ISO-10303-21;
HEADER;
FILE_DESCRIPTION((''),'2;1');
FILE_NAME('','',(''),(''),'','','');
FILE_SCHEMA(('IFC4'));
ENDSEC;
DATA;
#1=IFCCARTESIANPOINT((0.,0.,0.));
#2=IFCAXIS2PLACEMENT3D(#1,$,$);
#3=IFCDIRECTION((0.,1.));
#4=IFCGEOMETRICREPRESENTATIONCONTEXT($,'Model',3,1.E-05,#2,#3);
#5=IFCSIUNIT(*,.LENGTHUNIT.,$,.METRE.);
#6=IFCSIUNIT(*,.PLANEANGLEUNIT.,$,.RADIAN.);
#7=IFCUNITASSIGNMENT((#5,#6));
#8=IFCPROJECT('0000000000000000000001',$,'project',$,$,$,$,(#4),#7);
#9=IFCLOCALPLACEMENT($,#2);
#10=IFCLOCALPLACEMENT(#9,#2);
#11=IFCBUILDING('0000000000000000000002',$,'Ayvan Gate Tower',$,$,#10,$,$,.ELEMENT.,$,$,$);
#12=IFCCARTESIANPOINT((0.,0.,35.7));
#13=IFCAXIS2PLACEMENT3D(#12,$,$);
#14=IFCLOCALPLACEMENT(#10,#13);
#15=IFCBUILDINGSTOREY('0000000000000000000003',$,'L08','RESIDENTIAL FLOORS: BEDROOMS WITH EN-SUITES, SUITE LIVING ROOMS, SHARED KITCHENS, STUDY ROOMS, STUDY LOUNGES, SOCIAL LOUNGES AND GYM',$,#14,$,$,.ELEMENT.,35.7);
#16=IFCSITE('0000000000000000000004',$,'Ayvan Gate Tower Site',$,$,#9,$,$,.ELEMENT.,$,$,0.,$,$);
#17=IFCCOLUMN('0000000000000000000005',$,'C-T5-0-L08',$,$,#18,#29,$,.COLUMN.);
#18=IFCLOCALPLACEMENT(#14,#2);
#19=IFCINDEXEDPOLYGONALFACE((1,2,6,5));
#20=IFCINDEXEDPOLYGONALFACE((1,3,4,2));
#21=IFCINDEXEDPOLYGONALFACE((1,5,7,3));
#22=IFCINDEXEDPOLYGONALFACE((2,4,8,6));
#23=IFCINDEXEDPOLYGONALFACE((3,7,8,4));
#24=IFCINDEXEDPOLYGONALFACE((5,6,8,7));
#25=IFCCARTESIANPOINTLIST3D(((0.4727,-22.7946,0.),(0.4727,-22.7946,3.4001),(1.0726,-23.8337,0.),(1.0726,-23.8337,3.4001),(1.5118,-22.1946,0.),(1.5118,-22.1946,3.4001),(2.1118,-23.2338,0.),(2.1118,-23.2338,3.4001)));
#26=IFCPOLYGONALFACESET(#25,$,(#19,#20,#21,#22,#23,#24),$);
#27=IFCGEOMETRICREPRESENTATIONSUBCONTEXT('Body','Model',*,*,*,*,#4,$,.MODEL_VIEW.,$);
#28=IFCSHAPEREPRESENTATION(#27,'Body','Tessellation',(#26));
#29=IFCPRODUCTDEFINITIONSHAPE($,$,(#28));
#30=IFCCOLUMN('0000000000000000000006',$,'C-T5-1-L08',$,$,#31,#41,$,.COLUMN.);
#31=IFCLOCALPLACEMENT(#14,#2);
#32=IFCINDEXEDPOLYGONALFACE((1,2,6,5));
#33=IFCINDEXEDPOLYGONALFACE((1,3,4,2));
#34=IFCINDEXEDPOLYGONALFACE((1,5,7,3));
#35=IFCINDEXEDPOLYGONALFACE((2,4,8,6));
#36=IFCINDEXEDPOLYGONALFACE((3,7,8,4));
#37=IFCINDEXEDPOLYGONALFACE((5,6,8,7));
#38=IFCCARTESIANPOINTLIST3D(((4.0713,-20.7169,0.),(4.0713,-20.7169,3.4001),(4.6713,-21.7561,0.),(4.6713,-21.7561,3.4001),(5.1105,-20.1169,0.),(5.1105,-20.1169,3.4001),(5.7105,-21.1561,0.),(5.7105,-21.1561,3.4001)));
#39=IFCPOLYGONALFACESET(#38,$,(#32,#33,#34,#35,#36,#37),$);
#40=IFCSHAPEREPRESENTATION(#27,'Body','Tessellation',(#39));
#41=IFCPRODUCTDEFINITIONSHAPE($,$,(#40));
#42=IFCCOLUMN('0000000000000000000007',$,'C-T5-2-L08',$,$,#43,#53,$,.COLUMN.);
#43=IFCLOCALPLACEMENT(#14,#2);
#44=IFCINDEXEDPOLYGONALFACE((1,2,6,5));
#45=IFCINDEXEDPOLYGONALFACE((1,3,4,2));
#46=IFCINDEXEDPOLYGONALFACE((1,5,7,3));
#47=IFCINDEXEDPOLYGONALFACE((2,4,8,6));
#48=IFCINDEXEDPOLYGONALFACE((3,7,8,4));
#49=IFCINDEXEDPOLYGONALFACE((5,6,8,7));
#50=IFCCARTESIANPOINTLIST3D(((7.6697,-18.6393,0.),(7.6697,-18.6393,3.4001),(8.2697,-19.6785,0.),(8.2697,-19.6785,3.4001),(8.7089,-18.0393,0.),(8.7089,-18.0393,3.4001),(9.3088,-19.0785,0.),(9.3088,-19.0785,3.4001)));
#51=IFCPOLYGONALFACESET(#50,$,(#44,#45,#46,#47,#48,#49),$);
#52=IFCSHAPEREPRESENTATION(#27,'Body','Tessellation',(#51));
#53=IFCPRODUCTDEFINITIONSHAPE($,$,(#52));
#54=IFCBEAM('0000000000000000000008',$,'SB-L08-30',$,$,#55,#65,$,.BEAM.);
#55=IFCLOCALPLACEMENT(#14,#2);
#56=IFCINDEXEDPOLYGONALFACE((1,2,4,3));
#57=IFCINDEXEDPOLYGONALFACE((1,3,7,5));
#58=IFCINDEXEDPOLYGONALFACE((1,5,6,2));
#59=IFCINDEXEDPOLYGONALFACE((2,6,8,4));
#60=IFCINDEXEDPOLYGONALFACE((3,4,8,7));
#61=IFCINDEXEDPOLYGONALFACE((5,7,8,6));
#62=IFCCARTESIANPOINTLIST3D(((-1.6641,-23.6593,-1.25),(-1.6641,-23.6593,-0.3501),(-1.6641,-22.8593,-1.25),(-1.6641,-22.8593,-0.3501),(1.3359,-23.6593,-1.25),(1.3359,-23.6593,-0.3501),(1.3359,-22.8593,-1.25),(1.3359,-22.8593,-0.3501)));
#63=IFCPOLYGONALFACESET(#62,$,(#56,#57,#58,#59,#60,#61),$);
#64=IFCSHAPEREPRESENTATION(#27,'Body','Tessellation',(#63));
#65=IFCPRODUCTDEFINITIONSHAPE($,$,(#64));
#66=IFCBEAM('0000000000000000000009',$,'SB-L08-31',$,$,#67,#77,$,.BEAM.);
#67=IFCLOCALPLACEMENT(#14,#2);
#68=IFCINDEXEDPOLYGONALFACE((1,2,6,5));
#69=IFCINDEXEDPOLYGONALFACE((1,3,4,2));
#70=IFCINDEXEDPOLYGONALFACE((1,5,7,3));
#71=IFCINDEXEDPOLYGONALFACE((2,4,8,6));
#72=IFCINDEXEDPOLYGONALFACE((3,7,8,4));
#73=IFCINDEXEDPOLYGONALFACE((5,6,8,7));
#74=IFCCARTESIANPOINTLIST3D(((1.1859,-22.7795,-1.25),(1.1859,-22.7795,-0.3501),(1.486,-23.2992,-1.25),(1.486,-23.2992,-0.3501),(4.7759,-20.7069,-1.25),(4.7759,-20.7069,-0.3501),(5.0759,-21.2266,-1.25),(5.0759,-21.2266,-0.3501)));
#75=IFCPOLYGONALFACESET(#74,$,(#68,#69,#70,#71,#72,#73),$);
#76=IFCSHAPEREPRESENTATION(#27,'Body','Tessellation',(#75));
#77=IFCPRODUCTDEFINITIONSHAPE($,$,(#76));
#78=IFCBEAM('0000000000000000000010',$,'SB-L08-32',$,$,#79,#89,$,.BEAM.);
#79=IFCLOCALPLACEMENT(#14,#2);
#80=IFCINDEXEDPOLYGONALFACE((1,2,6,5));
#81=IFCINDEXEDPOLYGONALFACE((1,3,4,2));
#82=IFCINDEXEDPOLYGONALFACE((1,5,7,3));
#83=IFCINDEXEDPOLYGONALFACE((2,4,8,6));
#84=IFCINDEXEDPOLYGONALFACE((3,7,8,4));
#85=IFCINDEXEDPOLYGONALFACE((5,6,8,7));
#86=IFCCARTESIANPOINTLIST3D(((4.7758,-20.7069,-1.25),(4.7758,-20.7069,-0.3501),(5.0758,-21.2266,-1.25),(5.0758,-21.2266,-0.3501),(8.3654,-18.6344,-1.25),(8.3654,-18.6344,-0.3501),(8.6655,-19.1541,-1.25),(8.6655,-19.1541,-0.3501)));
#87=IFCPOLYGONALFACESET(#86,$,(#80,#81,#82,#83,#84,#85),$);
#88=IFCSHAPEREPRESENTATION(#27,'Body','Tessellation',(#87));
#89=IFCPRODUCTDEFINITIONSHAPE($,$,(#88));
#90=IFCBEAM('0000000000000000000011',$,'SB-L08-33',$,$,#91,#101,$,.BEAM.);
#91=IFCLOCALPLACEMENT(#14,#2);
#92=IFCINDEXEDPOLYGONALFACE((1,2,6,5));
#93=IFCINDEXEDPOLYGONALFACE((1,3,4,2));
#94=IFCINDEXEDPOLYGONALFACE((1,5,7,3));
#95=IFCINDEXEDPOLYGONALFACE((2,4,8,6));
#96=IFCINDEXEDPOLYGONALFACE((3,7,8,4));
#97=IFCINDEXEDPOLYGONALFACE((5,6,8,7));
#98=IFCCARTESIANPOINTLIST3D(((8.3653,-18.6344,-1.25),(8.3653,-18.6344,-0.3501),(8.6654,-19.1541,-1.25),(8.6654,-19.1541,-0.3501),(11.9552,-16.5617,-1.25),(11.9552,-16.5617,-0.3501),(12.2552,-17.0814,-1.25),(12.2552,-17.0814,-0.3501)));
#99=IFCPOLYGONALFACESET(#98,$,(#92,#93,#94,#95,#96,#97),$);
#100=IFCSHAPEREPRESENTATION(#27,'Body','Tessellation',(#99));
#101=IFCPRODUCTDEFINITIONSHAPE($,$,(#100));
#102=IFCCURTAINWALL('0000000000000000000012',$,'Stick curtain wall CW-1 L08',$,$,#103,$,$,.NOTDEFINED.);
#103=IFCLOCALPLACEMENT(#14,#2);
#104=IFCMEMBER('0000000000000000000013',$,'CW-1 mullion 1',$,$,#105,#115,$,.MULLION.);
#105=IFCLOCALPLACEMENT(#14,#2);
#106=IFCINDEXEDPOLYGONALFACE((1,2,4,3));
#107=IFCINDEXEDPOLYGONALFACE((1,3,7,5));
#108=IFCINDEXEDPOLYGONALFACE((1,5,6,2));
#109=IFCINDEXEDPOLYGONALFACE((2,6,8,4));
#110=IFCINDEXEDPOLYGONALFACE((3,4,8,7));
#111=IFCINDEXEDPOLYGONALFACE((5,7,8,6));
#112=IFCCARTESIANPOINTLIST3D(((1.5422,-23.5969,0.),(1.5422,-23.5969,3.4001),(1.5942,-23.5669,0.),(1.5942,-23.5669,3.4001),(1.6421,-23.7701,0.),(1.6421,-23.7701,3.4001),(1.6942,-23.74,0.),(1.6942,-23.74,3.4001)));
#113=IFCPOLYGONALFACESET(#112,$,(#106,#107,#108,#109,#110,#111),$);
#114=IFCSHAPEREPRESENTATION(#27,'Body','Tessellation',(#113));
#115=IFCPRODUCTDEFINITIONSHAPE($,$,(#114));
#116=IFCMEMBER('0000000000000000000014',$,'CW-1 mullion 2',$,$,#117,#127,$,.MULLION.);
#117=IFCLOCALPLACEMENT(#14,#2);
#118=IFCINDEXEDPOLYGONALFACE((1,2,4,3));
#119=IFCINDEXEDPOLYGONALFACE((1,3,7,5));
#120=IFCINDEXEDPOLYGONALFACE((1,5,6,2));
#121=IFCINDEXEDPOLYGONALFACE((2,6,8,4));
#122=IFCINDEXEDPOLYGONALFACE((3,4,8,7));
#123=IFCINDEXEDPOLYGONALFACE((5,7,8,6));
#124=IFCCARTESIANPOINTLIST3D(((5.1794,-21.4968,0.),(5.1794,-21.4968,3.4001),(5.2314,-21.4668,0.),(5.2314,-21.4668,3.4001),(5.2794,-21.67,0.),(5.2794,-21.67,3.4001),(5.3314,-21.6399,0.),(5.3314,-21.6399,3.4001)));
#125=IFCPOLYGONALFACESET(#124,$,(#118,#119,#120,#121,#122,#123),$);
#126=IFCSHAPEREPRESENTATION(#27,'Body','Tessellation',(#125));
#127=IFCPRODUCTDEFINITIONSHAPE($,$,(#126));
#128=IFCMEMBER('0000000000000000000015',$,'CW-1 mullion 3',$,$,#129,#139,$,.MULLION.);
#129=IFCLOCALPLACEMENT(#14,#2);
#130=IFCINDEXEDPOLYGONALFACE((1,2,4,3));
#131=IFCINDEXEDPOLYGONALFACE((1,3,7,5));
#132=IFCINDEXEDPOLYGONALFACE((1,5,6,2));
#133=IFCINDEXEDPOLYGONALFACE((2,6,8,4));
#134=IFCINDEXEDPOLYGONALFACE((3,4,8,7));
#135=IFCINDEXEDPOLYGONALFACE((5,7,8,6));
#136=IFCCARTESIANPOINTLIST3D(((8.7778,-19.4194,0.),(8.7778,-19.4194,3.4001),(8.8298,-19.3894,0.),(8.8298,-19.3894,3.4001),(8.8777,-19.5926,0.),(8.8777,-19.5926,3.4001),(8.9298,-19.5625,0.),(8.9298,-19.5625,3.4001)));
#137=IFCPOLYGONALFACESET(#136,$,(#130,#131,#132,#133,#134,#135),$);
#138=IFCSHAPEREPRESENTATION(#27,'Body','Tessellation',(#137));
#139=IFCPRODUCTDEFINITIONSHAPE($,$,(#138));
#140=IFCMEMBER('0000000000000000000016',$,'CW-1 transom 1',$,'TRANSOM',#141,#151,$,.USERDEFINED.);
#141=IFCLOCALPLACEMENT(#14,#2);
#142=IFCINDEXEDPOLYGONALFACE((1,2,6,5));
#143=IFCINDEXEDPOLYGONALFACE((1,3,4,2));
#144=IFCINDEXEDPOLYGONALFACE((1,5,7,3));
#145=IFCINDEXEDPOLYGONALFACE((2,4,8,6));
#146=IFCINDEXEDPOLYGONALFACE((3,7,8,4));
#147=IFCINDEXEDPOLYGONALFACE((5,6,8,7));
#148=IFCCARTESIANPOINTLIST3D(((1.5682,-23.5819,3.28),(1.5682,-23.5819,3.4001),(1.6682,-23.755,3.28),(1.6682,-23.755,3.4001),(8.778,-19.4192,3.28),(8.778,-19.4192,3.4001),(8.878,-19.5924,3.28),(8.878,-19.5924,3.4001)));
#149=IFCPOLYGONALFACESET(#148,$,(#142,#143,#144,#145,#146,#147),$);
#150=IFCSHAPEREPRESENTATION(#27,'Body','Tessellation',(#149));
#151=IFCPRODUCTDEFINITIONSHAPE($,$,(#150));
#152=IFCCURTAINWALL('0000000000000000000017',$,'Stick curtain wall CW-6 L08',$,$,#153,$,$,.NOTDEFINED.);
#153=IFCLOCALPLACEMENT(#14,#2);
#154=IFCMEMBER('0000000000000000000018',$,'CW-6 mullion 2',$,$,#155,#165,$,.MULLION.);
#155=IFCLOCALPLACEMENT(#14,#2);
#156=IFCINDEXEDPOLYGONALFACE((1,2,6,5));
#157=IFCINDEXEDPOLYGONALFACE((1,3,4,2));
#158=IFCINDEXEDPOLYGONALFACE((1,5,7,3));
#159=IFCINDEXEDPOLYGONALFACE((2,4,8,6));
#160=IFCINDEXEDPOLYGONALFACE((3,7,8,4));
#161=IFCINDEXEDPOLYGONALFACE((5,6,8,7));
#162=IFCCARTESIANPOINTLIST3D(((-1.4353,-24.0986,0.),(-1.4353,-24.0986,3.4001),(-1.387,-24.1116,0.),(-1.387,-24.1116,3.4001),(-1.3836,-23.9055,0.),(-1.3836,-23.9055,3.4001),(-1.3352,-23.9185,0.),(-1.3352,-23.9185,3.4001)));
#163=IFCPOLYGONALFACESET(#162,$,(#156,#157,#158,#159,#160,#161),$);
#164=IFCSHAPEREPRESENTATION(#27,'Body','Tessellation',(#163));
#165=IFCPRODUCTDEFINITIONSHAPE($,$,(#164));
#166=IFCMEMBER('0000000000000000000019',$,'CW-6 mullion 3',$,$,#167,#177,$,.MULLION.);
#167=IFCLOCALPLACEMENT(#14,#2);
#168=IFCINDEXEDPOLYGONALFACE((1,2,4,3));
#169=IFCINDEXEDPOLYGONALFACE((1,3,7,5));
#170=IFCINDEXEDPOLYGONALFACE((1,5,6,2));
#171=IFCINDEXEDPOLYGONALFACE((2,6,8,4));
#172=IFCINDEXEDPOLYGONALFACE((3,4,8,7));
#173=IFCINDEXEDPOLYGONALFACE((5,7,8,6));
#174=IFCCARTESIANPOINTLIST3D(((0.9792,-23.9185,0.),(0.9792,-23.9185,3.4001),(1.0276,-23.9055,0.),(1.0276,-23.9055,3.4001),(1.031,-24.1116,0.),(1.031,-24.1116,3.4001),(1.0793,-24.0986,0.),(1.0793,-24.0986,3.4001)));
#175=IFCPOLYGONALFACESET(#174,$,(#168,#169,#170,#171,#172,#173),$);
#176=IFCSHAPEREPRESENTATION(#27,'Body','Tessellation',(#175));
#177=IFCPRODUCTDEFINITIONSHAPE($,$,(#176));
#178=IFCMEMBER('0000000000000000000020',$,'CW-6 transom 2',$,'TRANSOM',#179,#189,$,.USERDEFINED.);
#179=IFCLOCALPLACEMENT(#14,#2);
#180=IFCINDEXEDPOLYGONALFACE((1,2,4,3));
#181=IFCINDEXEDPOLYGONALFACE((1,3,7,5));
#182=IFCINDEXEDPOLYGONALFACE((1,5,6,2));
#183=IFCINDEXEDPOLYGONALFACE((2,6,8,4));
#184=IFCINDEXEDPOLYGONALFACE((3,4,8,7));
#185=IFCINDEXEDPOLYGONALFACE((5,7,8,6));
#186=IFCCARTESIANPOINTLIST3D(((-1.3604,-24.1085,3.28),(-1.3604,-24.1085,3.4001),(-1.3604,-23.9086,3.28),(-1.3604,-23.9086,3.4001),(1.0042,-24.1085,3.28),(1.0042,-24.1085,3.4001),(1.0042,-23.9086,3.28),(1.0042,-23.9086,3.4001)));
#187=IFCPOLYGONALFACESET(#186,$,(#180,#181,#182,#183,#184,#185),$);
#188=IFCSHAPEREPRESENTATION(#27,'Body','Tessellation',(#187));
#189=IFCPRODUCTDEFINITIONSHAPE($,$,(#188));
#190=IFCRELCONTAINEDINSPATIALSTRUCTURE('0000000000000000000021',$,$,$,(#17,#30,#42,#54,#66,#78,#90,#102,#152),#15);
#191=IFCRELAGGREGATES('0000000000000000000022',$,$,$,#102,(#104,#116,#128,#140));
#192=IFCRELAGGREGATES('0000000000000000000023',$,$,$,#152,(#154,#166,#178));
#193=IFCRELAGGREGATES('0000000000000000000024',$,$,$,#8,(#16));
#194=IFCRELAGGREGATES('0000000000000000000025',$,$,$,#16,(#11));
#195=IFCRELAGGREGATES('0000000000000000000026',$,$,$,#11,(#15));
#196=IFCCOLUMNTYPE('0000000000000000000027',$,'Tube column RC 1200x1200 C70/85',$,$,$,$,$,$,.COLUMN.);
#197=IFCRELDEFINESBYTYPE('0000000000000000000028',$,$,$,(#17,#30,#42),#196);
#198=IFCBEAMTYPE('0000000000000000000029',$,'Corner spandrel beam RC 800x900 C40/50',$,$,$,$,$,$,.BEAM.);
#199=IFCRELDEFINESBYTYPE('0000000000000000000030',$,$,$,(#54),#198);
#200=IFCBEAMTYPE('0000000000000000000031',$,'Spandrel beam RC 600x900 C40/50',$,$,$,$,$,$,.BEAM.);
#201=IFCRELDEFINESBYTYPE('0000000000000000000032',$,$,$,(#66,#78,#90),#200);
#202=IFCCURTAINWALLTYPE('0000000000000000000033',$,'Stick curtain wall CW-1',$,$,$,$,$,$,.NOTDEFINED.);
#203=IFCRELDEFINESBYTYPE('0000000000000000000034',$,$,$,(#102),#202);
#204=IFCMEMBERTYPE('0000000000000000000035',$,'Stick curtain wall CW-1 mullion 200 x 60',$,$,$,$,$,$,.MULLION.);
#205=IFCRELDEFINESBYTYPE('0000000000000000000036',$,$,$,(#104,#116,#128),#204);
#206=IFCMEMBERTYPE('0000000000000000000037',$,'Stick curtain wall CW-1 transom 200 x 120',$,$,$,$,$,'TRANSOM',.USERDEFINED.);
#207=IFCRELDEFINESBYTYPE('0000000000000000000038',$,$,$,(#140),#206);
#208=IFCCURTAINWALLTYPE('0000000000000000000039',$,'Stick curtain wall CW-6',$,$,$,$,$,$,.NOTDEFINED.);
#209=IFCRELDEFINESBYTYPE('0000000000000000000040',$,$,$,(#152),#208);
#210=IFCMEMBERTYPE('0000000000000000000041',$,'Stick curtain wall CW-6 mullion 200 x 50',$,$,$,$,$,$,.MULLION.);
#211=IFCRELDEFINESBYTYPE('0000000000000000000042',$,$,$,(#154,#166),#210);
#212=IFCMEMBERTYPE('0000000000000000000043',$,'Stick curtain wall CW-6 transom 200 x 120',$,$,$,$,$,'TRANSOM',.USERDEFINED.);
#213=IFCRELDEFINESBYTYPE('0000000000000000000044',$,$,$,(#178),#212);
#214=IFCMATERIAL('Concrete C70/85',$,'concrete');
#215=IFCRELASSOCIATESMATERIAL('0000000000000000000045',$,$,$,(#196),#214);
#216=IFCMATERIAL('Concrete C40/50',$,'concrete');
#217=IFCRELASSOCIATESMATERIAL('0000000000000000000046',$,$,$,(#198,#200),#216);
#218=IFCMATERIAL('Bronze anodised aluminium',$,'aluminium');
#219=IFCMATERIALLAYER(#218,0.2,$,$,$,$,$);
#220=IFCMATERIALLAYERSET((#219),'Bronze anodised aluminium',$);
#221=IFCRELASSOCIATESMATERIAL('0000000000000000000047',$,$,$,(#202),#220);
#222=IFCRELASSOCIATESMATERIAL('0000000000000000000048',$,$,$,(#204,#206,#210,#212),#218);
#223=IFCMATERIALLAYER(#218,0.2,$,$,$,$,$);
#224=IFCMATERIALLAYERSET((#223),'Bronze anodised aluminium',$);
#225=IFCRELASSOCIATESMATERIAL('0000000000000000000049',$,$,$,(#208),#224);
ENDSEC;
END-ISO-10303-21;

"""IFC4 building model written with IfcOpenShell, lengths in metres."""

from ifc_helpers import new_model, si_unit, direction, frame, origin, origin_2d, place, context, subcontext, project, spatial, rectangle, extrude, material, layer, layer_set, material_profile, profile_set, type_object, element, aggregate, save


model = new_model("IFC4")

# Units and contexts
model_context = context("Model", 3, precision=1e-05, world=origin(), true_north=direction((0.0, 1.0)))
body_context = subcontext(model_context, "Body", "Model", "MODEL_VIEW")
ifc_project = project(units=[si_unit("LENGTHUNIT", "METRE"), si_unit("PLANEANGLEUNIT", "RADIAN")], contexts=[model_context])

# Site, building, storey
site_placement = place(None, origin())
site = spatial("IfcSite", under=ifc_project, at=site_placement, Name="Ayvan Gate Tower Site", CompositionType="ELEMENT", RefElevation=0.0)
building_placement = place(site_placement, origin())
building = spatial("IfcBuilding", under=site, at=building_placement, Name="Ayvan Gate Tower", CompositionType="ELEMENT")
storey_placement = place(building_placement, frame((0.0, 0.0, 35.7)))
storey = spatial("IfcBuildingStorey", under=building, at=storey_placement, Name="L08", Description="RESIDENTIAL FLOORS: BEDROOMS WITH EN-SUITES, SUITE LIVING ROOMS, SHARED KITCHENS, STUDY ROOMS, STUDY LOUNGES, SOCIAL LOUNGES AND GYM", CompositionType="ELEMENT", Elevation=35.7)

# Columns
ifc_material_1 = material(Name="Concrete C70/85", Category="concrete")
ifc_material_profile_1 = material_profile(ifc_material_1, rectangle(XDim=1.2, YDim=1.2, at=origin_2d()), Name="RC 1200x1200")
ifc_profile_set_1 = profile_set([ifc_material_profile_1], Name="Concrete C70/85")
column_type = type_object("IfcColumnType", Name="Tube column RC 1200x1200 C70/85", PredefinedType="COLUMN", material=ifc_profile_set_1)
for number, where, z_axis, x_axis, name in (
    (1, (1.2922, -23.0142, 0.0), (0.0, 0.0, 1.0), (0.5, -0.866025, 0.0), "C-T5-0-L08"),
    (2, (4.8909, -20.9365, 0.0), (0.0, 0.0, 1.0), (0.5, -0.866025, 0.0), "C-T5-1-L08"),
    (3, (8.4893, -18.8589, 0.0), (0.0, 0.0, 1.0), (0.5, -0.866025, 0.0), "C-T5-2-L08"),
):
    element("IfcColumn", number, at=place(storey_placement, frame(where, z_axis=z_axis, x_axis=x_axis)), inside=storey, type_object=column_type, Name=name, PredefinedType="COLUMN", context=body_context, shape_type="SweptSolid", body=[
        extrude(rectangle(XDim=1.2, YDim=1.2, at=origin_2d()), origin(), (0.0, 0.0, 1.0), 3.4001),
    ])

# Beams
ifc_material_2 = material(Name="Concrete C40/50", Category="concrete")
ifc_material_profile_2 = material_profile(ifc_material_2, rectangle(XDim=0.8, YDim=0.8999, at=origin_2d()), Name="RC 800x900")
ifc_profile_set_2 = profile_set([ifc_material_profile_2], Name="Concrete C40/50")
beam_type_1 = type_object("IfcBeamType", Name="Corner spandrel beam RC 800x900 C40/50", PredefinedType="BEAM", material=ifc_profile_set_2)
beam_1_placement = place(storey_placement, frame((-1.6641, -23.2593, -0.8), z_axis=(1.0, 0.0, 0.0), x_axis=(0.0, 1.0, 0.0)))
element("IfcBeam", 4, at=beam_1_placement, inside=storey, type_object=beam_type_1, Name="SB-L08-30", PredefinedType="BEAM", context=body_context, shape_type="SweptSolid", body=[
    extrude(rectangle(XDim=0.8, YDim=0.8999, at=origin_2d()), origin(), (0.0, 0.0, 1.0), 3.0),
])
ifc_material_profile_3 = material_profile(ifc_material_2, rectangle(XDim=0.6001, YDim=0.8999, at=origin_2d()), Name="RC 600x900")
ifc_profile_set_3 = profile_set([ifc_material_profile_3], Name="Concrete C40/50")
beam_type_2 = type_object("IfcBeamType", Name="Spandrel beam RC 600x900 C40/50", PredefinedType="BEAM", material=ifc_profile_set_3)
beam_2_placement = place(storey_placement, frame((1.3359, -23.0393, -0.8), z_axis=(0.866035, 0.499984, 0.0), x_axis=(-0.499984, 0.866035, 0.0)))
element("IfcBeam", 5, at=beam_2_placement, inside=storey, type_object=beam_type_2, Name="SB-L08-31", PredefinedType="BEAM", context=body_context, shape_type="SweptSolid", body=[
    extrude(rectangle(XDim=0.6001, YDim=0.8999, at=origin_2d()), origin(), (0.0, 0.0, 1.0), 4.1453),
])
beam_3_placement = place(storey_placement, frame((4.9258, -20.9668, -0.8), z_axis=(0.86602, 0.50001, 0.0), x_axis=(-0.50001, 0.86602, 0.0)))
element("IfcBeam", 6, at=beam_3_placement, inside=storey, type_object=beam_type_2, Name="SB-L08-32", PredefinedType="BEAM", context=body_context, shape_type="SweptSolid", body=[
    extrude(rectangle(XDim=0.6001, YDim=0.8999, at=origin_2d()), origin(), (0.0, 0.0, 1.0), 4.145),
])
beam_4_placement = place(storey_placement, frame((8.5154, -18.8943, -0.8), z_axis=(0.866009, 0.500028, 0.0), x_axis=(-0.500028, 0.866009, 0.0)))
element("IfcBeam", 7, at=beam_4_placement, inside=storey, type_object=beam_type_2, Name="SB-L08-33", PredefinedType="BEAM", context=body_context, shape_type="SweptSolid", body=[
    extrude(rectangle(XDim=0.6001, YDim=0.8999, at=origin_2d()), origin(), (0.0, 0.0, 1.0), 4.1453),
])

# Curtain walls, members
ifc_material_3 = material(Name="Bronze anodised aluminium", Category="aluminium")
ifc_layer_1 = layer(ifc_material_3, 0.2)
ifc_layer_set_1 = layer_set([ifc_layer_1], Name="Bronze anodised aluminium")
curtain_wall_type_1 = type_object("IfcCurtainWallType", Name="Stick curtain wall CW-1", PredefinedType="NOTDEFINED", material=ifc_layer_set_1)
curtain_wall_1_placement = place(storey_placement, origin())
curtain_wall_1 = element("IfcCurtainWall", 8, at=curtain_wall_1_placement, inside=storey, type_object=curtain_wall_type_1, Name="Stick curtain wall CW-1 L08", PredefinedType="NOTDEFINED")
ifc_material_profile_4 = material_profile(ifc_material_3, rectangle(XDim=0.2, YDim=0.0601, at=origin_2d()), Name="Stick curtain wall CW-1 mullion 200 x 60")
ifc_profile_set_4 = profile_set([ifc_material_profile_4], Name="Bronze anodised aluminium")
member_type_1 = type_object("IfcMemberType", Name="Stick curtain wall CW-1 mullion 200 x 60", PredefinedType="MULLION", material=ifc_profile_set_4)
member_1_placement = place(storey_placement, frame((1.6182, -23.6685, 0.0), z_axis=(0.0, 0.0, 1.0), x_axis=(0.5, -0.866025, 0.0)))
member_1 = element("IfcMember", 9, at=member_1_placement, type_object=member_type_1, Name="CW-1 mullion 1", PredefinedType="MULLION", context=body_context, shape_type="SweptSolid", body=[
    extrude(rectangle(XDim=0.2, YDim=0.0601, at=origin_2d()), origin(), (0.0, 0.0, 1.0), 3.4001),
])
member_2_placement = place(storey_placement, frame((5.2554, -21.5684, 0.0), z_axis=(0.0, 0.0, 1.0), x_axis=(0.5, -0.866025, 0.0)))
member_2 = element("IfcMember", 10, at=member_2_placement, type_object=member_type_1, Name="CW-1 mullion 2", PredefinedType="MULLION", context=body_context, shape_type="SweptSolid", body=[
    extrude(rectangle(XDim=0.2, YDim=0.0601, at=origin_2d()), origin(), (0.0, 0.0, 1.0), 3.4001),
])
member_3_placement = place(storey_placement, frame((8.8538, -19.491, 0.0), z_axis=(0.0, 0.0, 1.0), x_axis=(0.5, -0.866025, 0.0)))
member_3 = element("IfcMember", 11, at=member_3_placement, type_object=member_type_1, Name="CW-1 mullion 3", PredefinedType="MULLION", context=body_context, shape_type="SweptSolid", body=[
    extrude(rectangle(XDim=0.2, YDim=0.0601, at=origin_2d()), origin(), (0.0, 0.0, 1.0), 3.4001),
])
ifc_material_profile_5 = material_profile(ifc_material_3, rectangle(XDim=0.2, YDim=0.1201, at=origin_2d()), Name="Stick curtain wall CW-1 transom 200 x 120")
ifc_profile_set_5 = profile_set([ifc_material_profile_5], Name="Bronze anodised aluminium")
member_type_2 = type_object("IfcMemberType", Name="Stick curtain wall CW-1 transom 200 x 120", ElementType="TRANSOM", PredefinedType="USERDEFINED", material=ifc_profile_set_5)
member_4_placement = place(storey_placement, frame((1.6182, -23.6685, 3.3401), z_axis=(0.866022, 0.500006, 0.0), x_axis=(-0.500006, 0.866022, 0.0)))
member_4 = element("IfcMember", 12, at=member_4_placement, type_object=member_type_2, Name="CW-1 transom 1", ObjectType="TRANSOM", PredefinedType="USERDEFINED", context=body_context, shape_type="SweptSolid", body=[
    extrude(rectangle(XDim=0.2, YDim=0.1201, at=origin_2d()), origin(), (0.0, 0.0, 1.0), 8.3252),
])
ifc_layer_2 = layer(ifc_material_3, 0.2)
ifc_layer_set_2 = layer_set([ifc_layer_2], Name="Bronze anodised aluminium")
curtain_wall_type_2 = type_object("IfcCurtainWallType", Name="Stick curtain wall CW-6", PredefinedType="NOTDEFINED", material=ifc_layer_set_2)
curtain_wall_2_placement = place(storey_placement, origin())
curtain_wall_2 = element("IfcCurtainWall", 13, at=curtain_wall_2_placement, inside=storey, type_object=curtain_wall_type_2, Name="Stick curtain wall CW-6 L08", PredefinedType="NOTDEFINED")
ifc_material_profile_6 = material_profile(ifc_material_3, rectangle(XDim=0.2, YDim=0.05, at=origin_2d()), Name="Stick curtain wall CW-6 mullion 200 x 50")
ifc_profile_set_6 = profile_set([ifc_material_profile_6], Name="Bronze anodised aluminium")
member_type_3 = type_object("IfcMemberType", Name="Stick curtain wall CW-6 mullion 200 x 50", PredefinedType="MULLION", material=ifc_profile_set_6)
member_5_placement = place(storey_placement, frame((-1.3853, -24.0085, 0.0), z_axis=(0.0, 0.0, 1.0), x_axis=(-0.258819, -0.965926, 0.0)))
member_5 = element("IfcMember", 14, at=member_5_placement, type_object=member_type_3, Name="CW-6 mullion 2", PredefinedType="MULLION", context=body_context, shape_type="SweptSolid", body=[
    extrude(rectangle(XDim=0.2, YDim=0.05, at=origin_2d()), origin(), (0.0, 0.0, 1.0), 3.4001),
])
member_6_placement = place(storey_placement, frame((1.0293, -24.0085, 0.0), z_axis=(0.0, 0.0, 1.0), x_axis=(0.258819, -0.965926, 0.0)))
member_6 = element("IfcMember", 15, at=member_6_placement, type_object=member_type_3, Name="CW-6 mullion 3", PredefinedType="MULLION", context=body_context, shape_type="SweptSolid", body=[
    extrude(rectangle(XDim=0.2, YDim=0.05, at=origin_2d()), origin(), (0.0, 0.0, 1.0), 3.4001),
])
ifc_material_profile_7 = material_profile(ifc_material_3, rectangle(XDim=0.2, YDim=0.1201, at=origin_2d()), Name="Stick curtain wall CW-6 transom 200 x 120")
ifc_profile_set_7 = profile_set([ifc_material_profile_7], Name="Bronze anodised aluminium")
member_type_4 = type_object("IfcMemberType", Name="Stick curtain wall CW-6 transom 200 x 120", ElementType="TRANSOM", PredefinedType="USERDEFINED", material=ifc_profile_set_7)
member_7_placement = place(storey_placement, frame((-1.3604, -24.0085, 3.3401), z_axis=(1.0, 0.0, 0.0), x_axis=(0.0, 1.0, 0.0)))
member_7 = element("IfcMember", 16, at=member_7_placement, type_object=member_type_4, Name="CW-6 transom 2", ObjectType="TRANSOM", PredefinedType="USERDEFINED", context=body_context, shape_type="SweptSolid", body=[
    extrude(rectangle(XDim=0.2, YDim=0.1201, at=origin_2d()), origin(), (0.0, 0.0, 1.0), 2.3645),
])

aggregate(curtain_wall_1, [member_1, member_2, member_3, member_4])
aggregate(curtain_wall_2, [member_5, member_6, member_7])

save(model, "model.ifc")
